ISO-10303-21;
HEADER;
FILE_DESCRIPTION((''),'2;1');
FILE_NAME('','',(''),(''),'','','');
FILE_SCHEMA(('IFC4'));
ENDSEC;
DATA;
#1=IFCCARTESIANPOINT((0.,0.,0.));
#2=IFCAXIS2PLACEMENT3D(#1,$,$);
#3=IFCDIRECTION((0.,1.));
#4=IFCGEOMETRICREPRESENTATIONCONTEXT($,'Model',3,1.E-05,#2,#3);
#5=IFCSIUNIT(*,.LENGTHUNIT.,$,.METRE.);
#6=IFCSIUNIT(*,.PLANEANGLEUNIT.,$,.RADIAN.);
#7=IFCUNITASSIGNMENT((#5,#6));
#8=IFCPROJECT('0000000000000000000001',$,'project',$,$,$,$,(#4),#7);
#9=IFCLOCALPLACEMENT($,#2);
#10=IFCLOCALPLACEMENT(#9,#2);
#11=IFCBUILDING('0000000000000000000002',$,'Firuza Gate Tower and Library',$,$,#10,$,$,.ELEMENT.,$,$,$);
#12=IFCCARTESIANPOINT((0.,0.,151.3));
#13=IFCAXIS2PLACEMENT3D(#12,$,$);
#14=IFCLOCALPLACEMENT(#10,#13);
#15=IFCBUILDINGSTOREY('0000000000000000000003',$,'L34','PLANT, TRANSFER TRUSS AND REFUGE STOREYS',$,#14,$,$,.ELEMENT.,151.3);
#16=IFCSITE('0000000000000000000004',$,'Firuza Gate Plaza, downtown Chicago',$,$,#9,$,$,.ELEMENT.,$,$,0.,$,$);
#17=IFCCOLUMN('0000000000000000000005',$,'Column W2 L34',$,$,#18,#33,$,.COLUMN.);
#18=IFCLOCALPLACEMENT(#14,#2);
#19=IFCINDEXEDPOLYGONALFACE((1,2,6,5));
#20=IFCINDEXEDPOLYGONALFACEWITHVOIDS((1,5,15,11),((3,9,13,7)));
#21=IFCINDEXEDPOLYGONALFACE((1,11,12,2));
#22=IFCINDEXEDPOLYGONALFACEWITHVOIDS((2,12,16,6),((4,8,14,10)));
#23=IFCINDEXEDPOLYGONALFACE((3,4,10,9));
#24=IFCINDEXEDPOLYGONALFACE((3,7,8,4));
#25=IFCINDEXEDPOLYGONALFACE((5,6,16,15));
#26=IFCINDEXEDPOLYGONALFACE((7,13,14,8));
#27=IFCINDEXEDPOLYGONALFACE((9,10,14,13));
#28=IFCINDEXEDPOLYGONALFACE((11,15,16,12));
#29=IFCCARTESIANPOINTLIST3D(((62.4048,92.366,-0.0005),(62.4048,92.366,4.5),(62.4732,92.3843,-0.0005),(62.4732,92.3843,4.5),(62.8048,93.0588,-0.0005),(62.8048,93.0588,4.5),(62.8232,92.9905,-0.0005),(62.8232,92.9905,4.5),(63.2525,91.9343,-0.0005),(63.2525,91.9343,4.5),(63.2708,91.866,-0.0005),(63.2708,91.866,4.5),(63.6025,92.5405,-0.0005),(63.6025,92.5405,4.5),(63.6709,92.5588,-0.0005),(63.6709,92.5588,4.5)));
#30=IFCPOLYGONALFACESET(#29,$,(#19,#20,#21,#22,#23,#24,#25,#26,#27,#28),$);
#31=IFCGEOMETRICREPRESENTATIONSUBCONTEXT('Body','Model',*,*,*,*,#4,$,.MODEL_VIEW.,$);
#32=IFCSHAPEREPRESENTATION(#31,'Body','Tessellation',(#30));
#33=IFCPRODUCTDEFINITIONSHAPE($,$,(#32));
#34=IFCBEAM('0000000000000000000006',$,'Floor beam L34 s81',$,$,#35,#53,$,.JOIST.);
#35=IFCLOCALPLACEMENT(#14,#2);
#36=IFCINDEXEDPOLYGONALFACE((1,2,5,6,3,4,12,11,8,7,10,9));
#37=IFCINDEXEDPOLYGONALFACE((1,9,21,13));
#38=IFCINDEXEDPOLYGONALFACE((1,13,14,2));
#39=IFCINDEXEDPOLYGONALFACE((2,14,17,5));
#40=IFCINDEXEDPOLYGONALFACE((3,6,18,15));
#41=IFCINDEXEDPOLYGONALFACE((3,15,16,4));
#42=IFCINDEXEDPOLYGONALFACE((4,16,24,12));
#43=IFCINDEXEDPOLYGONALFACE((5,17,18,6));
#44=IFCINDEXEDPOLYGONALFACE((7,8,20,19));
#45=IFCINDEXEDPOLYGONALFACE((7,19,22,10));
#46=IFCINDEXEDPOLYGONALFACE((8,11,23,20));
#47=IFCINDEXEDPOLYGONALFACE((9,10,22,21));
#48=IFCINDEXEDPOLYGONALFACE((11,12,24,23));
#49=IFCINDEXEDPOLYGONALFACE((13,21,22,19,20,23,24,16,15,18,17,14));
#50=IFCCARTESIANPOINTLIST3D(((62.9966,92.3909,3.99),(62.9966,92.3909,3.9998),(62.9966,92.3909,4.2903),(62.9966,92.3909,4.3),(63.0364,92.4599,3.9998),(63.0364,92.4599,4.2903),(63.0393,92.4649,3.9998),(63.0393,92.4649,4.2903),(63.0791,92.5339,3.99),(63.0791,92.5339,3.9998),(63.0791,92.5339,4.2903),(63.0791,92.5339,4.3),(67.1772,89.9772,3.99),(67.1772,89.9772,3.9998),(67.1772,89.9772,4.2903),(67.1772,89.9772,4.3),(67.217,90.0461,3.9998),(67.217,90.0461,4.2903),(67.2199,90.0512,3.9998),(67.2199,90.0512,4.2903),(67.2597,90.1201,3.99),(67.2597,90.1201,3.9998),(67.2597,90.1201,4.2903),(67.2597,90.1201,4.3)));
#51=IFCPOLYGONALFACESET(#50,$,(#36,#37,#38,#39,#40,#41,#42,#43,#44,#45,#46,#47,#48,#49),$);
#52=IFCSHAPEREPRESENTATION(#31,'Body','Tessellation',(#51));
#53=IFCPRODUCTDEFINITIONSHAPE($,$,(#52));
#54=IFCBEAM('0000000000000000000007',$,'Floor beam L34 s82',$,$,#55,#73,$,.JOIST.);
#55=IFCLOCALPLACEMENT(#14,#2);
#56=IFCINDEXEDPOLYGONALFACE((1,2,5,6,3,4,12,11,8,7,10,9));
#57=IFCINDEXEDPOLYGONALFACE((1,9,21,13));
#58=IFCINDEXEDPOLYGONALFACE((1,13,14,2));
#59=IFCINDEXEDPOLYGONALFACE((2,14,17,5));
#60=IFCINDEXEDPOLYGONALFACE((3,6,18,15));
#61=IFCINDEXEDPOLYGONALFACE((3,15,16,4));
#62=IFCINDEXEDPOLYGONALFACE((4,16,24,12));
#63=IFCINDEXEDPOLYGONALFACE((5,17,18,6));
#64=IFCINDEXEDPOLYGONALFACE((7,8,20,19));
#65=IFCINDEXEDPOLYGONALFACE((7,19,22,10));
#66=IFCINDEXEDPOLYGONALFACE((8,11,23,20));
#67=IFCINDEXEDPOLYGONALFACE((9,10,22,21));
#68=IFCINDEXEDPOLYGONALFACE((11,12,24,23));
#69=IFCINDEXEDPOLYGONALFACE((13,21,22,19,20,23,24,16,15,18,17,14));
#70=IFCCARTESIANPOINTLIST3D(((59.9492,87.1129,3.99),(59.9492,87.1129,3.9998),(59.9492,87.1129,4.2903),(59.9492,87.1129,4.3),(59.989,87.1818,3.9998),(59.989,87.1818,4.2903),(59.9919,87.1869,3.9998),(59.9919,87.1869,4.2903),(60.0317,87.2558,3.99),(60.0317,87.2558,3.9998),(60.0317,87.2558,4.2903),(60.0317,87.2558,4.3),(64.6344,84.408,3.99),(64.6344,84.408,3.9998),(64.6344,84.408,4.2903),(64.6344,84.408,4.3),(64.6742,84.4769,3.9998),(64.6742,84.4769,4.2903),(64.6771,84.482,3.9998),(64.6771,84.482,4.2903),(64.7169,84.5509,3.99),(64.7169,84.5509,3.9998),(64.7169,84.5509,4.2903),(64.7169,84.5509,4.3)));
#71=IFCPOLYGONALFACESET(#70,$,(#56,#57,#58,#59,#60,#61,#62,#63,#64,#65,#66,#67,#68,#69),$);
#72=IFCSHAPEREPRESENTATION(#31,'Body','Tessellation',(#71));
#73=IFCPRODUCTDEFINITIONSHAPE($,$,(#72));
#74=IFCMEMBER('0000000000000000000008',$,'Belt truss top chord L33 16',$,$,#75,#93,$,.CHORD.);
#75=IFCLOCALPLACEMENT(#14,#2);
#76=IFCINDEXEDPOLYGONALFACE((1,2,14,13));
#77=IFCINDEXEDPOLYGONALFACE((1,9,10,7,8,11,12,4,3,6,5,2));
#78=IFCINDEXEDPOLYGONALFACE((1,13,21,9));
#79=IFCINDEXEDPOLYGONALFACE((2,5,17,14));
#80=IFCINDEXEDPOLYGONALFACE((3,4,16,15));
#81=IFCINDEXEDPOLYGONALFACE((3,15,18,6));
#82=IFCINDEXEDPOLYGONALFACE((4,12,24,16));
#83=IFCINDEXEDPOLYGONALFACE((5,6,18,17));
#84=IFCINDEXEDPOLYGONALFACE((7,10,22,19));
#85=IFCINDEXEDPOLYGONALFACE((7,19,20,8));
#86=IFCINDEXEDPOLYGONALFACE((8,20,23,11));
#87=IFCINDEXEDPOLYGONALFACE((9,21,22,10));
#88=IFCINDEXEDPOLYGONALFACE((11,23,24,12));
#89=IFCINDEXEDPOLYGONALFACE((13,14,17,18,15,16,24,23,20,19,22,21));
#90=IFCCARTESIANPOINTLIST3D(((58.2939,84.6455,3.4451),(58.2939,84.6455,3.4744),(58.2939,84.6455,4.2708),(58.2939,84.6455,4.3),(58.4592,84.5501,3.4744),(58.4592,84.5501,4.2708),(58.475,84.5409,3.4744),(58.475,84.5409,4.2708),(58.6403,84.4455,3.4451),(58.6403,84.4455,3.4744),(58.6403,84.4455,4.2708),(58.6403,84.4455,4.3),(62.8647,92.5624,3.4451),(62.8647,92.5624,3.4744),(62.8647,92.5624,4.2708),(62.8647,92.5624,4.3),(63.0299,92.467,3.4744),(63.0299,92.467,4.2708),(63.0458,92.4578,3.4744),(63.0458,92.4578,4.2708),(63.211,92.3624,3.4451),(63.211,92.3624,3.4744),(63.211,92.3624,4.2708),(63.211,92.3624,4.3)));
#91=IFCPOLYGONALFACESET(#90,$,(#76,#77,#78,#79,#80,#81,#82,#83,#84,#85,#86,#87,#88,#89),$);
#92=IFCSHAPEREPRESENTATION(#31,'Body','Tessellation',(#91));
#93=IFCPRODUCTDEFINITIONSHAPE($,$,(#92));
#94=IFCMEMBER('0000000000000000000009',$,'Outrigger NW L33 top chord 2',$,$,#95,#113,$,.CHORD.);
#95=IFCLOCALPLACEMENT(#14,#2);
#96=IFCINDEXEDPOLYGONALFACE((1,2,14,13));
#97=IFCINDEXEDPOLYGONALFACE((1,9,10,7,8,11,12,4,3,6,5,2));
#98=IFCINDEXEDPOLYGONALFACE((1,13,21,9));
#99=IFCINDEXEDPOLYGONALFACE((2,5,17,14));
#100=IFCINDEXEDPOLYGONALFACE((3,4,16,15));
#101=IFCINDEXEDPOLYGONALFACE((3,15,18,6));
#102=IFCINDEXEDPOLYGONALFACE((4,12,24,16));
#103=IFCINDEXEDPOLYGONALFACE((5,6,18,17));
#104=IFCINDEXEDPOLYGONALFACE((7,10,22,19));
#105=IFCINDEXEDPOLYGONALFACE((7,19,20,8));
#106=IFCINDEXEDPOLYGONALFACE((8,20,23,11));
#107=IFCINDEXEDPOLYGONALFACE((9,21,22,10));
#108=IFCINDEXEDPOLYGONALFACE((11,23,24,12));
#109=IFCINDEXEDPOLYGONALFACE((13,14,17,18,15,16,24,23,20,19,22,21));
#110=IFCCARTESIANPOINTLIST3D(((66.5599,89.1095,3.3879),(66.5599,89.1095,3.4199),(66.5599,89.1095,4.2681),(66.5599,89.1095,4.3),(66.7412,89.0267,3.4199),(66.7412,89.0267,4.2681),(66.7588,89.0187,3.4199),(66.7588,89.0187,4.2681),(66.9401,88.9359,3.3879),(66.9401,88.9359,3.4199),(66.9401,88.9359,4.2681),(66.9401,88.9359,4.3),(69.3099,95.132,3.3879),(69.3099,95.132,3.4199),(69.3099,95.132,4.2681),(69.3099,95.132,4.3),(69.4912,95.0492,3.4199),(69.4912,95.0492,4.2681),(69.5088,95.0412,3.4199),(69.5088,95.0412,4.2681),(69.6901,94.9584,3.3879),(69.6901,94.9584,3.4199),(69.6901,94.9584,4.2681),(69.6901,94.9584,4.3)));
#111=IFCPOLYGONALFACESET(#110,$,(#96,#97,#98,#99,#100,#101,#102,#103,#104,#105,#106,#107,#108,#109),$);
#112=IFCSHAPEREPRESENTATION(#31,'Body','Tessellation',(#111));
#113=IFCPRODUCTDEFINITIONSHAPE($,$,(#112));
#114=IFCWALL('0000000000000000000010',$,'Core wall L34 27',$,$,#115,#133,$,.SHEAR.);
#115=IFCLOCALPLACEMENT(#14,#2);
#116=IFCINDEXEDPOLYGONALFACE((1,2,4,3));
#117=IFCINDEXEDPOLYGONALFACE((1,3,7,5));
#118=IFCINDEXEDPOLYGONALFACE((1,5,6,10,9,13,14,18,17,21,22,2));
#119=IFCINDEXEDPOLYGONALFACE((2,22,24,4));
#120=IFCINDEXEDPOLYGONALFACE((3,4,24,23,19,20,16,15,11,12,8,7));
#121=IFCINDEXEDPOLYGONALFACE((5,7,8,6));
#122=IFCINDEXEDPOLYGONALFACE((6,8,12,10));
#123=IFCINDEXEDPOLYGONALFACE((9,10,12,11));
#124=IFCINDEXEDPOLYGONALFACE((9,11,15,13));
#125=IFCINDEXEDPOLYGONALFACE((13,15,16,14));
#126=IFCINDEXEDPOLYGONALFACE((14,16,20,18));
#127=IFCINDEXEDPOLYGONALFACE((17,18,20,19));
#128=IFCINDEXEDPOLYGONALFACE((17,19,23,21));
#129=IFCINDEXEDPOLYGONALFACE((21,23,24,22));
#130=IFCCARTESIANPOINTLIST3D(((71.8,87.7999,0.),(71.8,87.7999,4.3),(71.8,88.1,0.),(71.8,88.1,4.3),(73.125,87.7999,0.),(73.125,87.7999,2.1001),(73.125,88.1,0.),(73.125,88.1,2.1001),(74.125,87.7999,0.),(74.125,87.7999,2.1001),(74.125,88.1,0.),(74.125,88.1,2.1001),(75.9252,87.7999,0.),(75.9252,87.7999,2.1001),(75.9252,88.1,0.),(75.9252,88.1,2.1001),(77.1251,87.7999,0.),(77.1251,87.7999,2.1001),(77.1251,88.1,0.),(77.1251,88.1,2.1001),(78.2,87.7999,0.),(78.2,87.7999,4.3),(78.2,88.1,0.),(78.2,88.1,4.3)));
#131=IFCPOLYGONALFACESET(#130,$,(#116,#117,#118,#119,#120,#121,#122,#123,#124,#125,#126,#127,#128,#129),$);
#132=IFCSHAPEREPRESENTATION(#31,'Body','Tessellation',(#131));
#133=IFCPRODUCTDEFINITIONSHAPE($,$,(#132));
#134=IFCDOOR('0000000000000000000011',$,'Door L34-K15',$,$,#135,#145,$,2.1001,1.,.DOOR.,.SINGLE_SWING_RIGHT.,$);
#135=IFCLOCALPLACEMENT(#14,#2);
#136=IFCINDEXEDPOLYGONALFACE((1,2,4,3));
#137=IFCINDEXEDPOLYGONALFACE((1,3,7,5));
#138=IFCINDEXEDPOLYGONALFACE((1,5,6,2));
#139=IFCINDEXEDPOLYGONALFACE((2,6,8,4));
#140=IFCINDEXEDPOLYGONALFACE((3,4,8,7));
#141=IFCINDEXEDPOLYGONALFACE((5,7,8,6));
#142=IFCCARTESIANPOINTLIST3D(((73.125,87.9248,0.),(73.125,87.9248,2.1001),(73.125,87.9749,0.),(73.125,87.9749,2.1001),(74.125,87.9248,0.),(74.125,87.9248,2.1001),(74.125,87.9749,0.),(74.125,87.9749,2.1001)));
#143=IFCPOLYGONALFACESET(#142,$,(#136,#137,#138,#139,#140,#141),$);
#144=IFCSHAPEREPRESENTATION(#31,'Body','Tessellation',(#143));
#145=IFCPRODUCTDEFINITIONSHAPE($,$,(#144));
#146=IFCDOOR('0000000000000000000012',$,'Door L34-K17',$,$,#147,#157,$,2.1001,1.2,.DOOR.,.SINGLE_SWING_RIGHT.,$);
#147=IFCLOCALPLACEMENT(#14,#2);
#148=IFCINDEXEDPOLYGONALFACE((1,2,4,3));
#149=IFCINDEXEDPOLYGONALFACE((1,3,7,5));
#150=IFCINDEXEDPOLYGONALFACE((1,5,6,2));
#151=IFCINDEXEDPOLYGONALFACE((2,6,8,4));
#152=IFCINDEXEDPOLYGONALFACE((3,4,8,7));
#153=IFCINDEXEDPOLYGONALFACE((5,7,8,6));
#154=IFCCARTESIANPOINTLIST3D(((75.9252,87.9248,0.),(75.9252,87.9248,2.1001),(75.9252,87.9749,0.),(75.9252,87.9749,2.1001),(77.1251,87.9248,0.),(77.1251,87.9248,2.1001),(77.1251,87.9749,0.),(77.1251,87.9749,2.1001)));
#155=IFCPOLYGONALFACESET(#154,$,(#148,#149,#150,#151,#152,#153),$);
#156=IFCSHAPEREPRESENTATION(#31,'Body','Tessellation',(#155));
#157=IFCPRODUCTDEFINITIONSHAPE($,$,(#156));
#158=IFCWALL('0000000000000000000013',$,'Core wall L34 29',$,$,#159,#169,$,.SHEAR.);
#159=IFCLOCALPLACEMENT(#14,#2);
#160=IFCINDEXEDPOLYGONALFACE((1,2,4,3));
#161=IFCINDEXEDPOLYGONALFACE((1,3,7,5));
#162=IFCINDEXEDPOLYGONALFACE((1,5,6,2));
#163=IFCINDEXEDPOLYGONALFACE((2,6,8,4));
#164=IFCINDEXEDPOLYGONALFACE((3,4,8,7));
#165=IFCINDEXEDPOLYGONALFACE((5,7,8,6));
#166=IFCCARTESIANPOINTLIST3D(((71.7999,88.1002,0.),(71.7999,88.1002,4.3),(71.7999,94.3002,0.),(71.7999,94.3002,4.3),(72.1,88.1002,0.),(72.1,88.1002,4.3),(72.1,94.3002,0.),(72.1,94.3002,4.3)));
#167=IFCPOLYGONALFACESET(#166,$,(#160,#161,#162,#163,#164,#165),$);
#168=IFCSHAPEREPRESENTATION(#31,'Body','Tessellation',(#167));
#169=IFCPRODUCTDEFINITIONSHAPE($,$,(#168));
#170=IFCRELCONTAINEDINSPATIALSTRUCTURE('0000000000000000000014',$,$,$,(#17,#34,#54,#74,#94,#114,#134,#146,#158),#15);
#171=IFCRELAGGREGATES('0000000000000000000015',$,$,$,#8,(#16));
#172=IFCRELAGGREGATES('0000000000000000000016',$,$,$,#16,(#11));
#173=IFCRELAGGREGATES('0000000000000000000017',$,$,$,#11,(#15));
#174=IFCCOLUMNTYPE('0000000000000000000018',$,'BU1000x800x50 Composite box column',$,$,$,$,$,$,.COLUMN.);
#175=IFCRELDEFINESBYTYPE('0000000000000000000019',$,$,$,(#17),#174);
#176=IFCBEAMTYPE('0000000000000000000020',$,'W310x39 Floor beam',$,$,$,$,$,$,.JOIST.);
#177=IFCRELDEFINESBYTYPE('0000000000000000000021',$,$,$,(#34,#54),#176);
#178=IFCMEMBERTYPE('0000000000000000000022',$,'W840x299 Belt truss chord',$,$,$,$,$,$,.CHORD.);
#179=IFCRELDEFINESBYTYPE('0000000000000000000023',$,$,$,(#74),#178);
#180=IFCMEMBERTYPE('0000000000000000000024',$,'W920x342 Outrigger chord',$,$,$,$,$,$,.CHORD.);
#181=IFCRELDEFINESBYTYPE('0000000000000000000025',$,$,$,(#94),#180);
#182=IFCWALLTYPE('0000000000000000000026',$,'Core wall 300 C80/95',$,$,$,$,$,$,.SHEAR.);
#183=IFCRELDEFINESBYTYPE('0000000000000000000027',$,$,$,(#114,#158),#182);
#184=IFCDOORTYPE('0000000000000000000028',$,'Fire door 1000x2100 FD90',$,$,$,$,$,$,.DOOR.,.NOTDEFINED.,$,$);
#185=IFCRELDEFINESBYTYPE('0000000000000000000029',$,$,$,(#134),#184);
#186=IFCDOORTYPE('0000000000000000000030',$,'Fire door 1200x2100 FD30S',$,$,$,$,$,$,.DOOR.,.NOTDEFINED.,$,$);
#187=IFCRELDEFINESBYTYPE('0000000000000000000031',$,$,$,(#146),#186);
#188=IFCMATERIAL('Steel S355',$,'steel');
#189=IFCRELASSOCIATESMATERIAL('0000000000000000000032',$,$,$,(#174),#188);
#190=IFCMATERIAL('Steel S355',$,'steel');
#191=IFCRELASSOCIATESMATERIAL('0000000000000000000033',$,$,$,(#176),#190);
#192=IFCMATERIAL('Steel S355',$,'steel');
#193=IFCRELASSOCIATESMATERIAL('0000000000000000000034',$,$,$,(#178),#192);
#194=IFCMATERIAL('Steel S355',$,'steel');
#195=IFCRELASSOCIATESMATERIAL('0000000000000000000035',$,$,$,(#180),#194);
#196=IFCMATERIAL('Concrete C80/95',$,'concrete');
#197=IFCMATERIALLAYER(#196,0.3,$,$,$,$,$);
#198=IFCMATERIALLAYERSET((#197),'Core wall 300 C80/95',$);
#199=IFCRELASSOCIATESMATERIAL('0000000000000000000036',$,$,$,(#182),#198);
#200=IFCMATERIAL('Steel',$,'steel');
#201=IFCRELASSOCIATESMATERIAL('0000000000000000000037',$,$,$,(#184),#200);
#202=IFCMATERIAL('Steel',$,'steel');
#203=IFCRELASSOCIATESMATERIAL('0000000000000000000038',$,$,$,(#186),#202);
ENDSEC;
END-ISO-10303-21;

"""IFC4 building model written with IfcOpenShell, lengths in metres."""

from ifc_helpers import new_model, si_unit, direction, frame, frame_2d, origin, origin_2d, place, context, subcontext, project, spatial, rectangle, hollow_rectangle, i_section, extrude, material, layer, layer_set, material_profile, profile_set, type_object, element, fill, save


model = new_model("IFC4")

# Units and contexts
model_context = context("Model", 3, precision=1e-05, world=origin(), true_north=direction((0.0, 1.0)))
body_context = subcontext(model_context, "Body", "Model", "MODEL_VIEW")
ifc_project = project(units=[si_unit("LENGTHUNIT", "METRE"), si_unit("PLANEANGLEUNIT", "RADIAN")], contexts=[model_context])

# Site, building, storey
site_placement = place(None, origin())
site = spatial("IfcSite", under=ifc_project, at=site_placement, Name="Firuza Gate Plaza, downtown Chicago", CompositionType="ELEMENT", RefElevation=0.0)
building_placement = place(site_placement, origin())
building = spatial("IfcBuilding", under=site, at=building_placement, Name="Firuza Gate Tower and Library", CompositionType="ELEMENT")
storey_placement = place(building_placement, frame((0.0, 0.0, 151.3)))
storey = spatial("IfcBuildingStorey", under=building, at=storey_placement, Name="L34", Description="PLANT, TRANSFER TRUSS AND REFUGE STOREYS", CompositionType="ELEMENT", Elevation=151.3)

# Column
ifc_material_1 = material(Name="Steel S355", Category="steel")
ifc_material_profile_1 = material_profile(ifc_material_1, hollow_rectangle(XDim=0.8, YDim=1.0, WallThickness=0.05, at=origin_2d()))
ifc_profile_set_1 = profile_set([ifc_material_profile_1], Name="Steel S355")
column_type = type_object("IfcColumnType", Name="BU1000x800x50 Composite box column", PredefinedType="COLUMN", material=ifc_profile_set_1)
column_placement = place(storey_placement, frame((63.0378, 92.4624, -0.0005), z_axis=(0.0, 0.0, 1.0), x_axis=(-0.5, -0.866025, 0.0)))
element("IfcColumn", 1, at=column_placement, inside=storey, type_object=column_type, Name="Column W2 L34", PredefinedType="COLUMN", context=body_context, shape_type="SweptSolid", body=[
    extrude(hollow_rectangle(XDim=0.8, YDim=1.0, WallThickness=0.05, at=origin_2d()), origin(), (0.0, 0.0, 1.0), 4.5005),
])

# Beams
ifc_material_2 = material(Name="Steel S355", Category="steel")
ifc_material_profile_2 = material_profile(ifc_material_2, i_section(OverallWidth=0.165, OverallDepth=0.3101, WebThickness=0.0059, FlangeThickness=0.0098, at=origin_2d()))
ifc_profile_set_2 = profile_set([ifc_material_profile_2], Name="Steel S355")
beam_type = type_object("IfcBeamType", Name="W310x39 Floor beam", PredefinedType="JOIST", material=ifc_profile_set_2)
beam_1_placement = place(storey_placement, frame((63.0378, 92.4624, 4.145), z_axis=(0.866015, -0.500017, 0.0), x_axis=(0.500017, 0.866015, 0.0)))
element("IfcBeam", 2, at=beam_1_placement, inside=storey, type_object=beam_type, Name="Floor beam L34 s81", PredefinedType="JOIST", context=body_context, shape_type="SweptSolid", body=[
    extrude(i_section(OverallWidth=0.165, OverallDepth=0.3101, WebThickness=0.0059, FlangeThickness=0.0098, at=origin_2d()), origin(), (0.0, 0.0, 1.0), 4.8274),
])
beam_2_placement = place(storey_placement, frame((59.9905, 87.1843, 4.145), z_axis=(0.866032, -0.499988, 0.0), x_axis=(0.499988, 0.866032, 0.0)))
element("IfcBeam", 3, at=beam_2_placement, inside=storey, type_object=beam_type, Name="Floor beam L34 s82", PredefinedType="JOIST", context=body_context, shape_type="SweptSolid", body=[
    extrude(i_section(OverallWidth=0.165, OverallDepth=0.3101, WebThickness=0.0059, FlangeThickness=0.0098, at=origin_2d()), origin(), (0.0, 0.0, 1.0), 5.4099),
])

# Members
ifc_material_3 = material(Name="Steel S355", Category="steel")
ifc_material_profile_3 = material_profile(ifc_material_3, i_section(OverallWidth=0.3999, OverallDepth=0.855, WebThickness=0.0183, FlangeThickness=0.0293, at=origin_2d()))
ifc_profile_set_3 = profile_set([ifc_material_profile_3], Name="Steel S355")
member_type_1 = type_object("IfcMemberType", Name="W840x299 Belt truss chord", PredefinedType="CHORD", material=ifc_profile_set_3)
member_1_placement = place(storey_placement, frame((63.0378, 92.4624, 3.8726), z_axis=(-0.499994, -0.866029, 0.0), x_axis=(0.866029, -0.499994, 0.0)))
element("IfcMember", 4, at=member_1_placement, inside=storey, type_object=member_type_1, Name="Belt truss top chord L33 16", PredefinedType="CHORD", context=body_context, shape_type="SweptSolid", body=[
    extrude(i_section(OverallWidth=0.3999, OverallDepth=0.855, WebThickness=0.0183, FlangeThickness=0.0293, at=origin_2d()), origin(), (0.0, 0.0, 1.0), 9.1416),
])
ifc_material_4 = material(Name="Steel S355", Category="steel")
ifc_material_profile_4 = material_profile(ifc_material_4, i_section(OverallWidth=0.418, OverallDepth=0.9121, WebThickness=0.0193, FlangeThickness=0.032, at=origin_2d()))
ifc_profile_set_4 = profile_set([ifc_material_profile_4], Name="Steel S355")
member_type_2 = type_object("IfcMemberType", Name="W920x342 Outrigger chord", PredefinedType="CHORD", material=ifc_profile_set_4)
member_2_placement = place(storey_placement, frame((66.75, 89.0227, 3.844), z_axis=(0.415369, 0.909653, 0.0), x_axis=(-0.909653, 0.415369, 0.0)))
element("IfcMember", 5, at=member_2_placement, inside=storey, type_object=member_type_2, Name="Outrigger NW L33 top chord 2", PredefinedType="CHORD", context=body_context, shape_type="SweptSolid", body=[
    extrude(i_section(OverallWidth=0.418, OverallDepth=0.9121, WebThickness=0.0193, FlangeThickness=0.032, at=origin_2d()), origin(), (0.0, 0.0, 1.0), 6.6206),
])

# Wall, openings, doors
ifc_material_5 = material(Name="Concrete C80/95", Category="concrete")
ifc_layer_1 = layer(ifc_material_5, 0.3)
ifc_layer_set_1 = layer_set([ifc_layer_1], Name="Core wall 300 C80/95")
wall_type_1 = type_object("IfcWallType", Name="Core wall 300 C80/95", PredefinedType="SHEAR", material=ifc_layer_set_1)
wall_1_placement = place(storey_placement, frame((71.8, 87.95, 0.0), z_axis=(0.0, 0.0, 1.0), x_axis=(1.0, 0.0, 0.0)))
wall_1 = element("IfcWall", 6, at=wall_1_placement, inside=storey, type_object=wall_type_1, Name="Core wall L34 27", PredefinedType="SHEAR", context=body_context, shape_type="SweptSolid", body=[
    extrude(rectangle(XDim=6.3999, YDim=0.3, at=frame_2d((3.2, 0.0))), origin(), (0.0, 0.0, 1.0), 4.3),
])
opening_1_placement = place(wall_1_placement, frame((1.325, 0.0, 0.0)))
opening_1 = element("IfcOpeningElement", 7, at=opening_1_placement, cuts=wall_1, PredefinedType="OPENING", context=body_context, shape_type="SweptSolid", body=[
    extrude(rectangle(XDim=1.0, YDim=2.1001, at=frame_2d((0.5, 1.05))), frame((0.0, 0.1602, 0.0), z_axis=(0.0, -1.0, 0.0), x_axis=(1.0, 0.0, 0.0)), (0.0, 0.0, 1.0), 0.3201),
])
opening_2_placement = place(wall_1_placement, frame((4.125, 0.0, 0.0)))
opening_2 = element("IfcOpeningElement", 8, at=opening_2_placement, cuts=wall_1, PredefinedType="OPENING", context=body_context, shape_type="SweptSolid", body=[
    extrude(rectangle(XDim=1.2, YDim=2.1001, at=frame_2d((0.6001, 1.05))), frame((0.0, 0.1602, 0.0), z_axis=(0.0, -1.0, 0.0), x_axis=(1.0, 0.0, 0.0)), (0.0, 0.0, 1.0), 0.3201),
])
ifc_material_6 = material(Name="Steel", Category="steel")
door_type_1 = type_object("IfcDoorType", Name="Fire door 1000x2100 FD90", OperationType="NOTDEFINED", PredefinedType="DOOR", material=ifc_material_6)
door_1_placement = place(opening_1_placement, origin())
door_1 = element("IfcDoor", 9, at=door_1_placement, inside=storey, type_object=door_type_1, Name="Door L34-K15", OperationType="SINGLE_SWING_RIGHT", OverallHeight=2.1001, OverallWidth=1.0, PredefinedType="DOOR", context=body_context, shape_type="SweptSolid", body=[
    extrude(rectangle(XDim=1.0, YDim=2.1001, at=frame_2d((0.5, 1.05))), frame((0.0, 0.0249, 0.0), z_axis=(0.0, -1.0, 0.0), x_axis=(1.0, 0.0, 0.0)), (0.0, 0.0, 1.0), 0.05),
])
fill(opening_1, door_1)
ifc_material_7 = material(Name="Steel", Category="steel")
door_type_2 = type_object("IfcDoorType", Name="Fire door 1200x2100 FD30S", OperationType="NOTDEFINED", PredefinedType="DOOR", material=ifc_material_7)
door_2_placement = place(opening_2_placement, origin())
door_2 = element("IfcDoor", 10, at=door_2_placement, inside=storey, type_object=door_type_2, Name="Door L34-K17", OperationType="SINGLE_SWING_RIGHT", OverallHeight=2.1001, OverallWidth=1.2, PredefinedType="DOOR", context=body_context, shape_type="SweptSolid", body=[
    extrude(rectangle(XDim=1.2, YDim=2.1001, at=frame_2d((0.6001, 1.05))), frame((0.0, 0.0249, 0.0), z_axis=(0.0, -1.0, 0.0), x_axis=(1.0, 0.0, 0.0)), (0.0, 0.0, 1.0), 0.05),
])
fill(opening_2, door_2)

# Wall
wall_2_placement = place(storey_placement, frame((71.95, 88.1001, 0.0), z_axis=(0.0, 0.0, 1.0), x_axis=(0.0, 1.0, 0.0)))
element("IfcWall", 11, at=wall_2_placement, inside=storey, type_object=wall_type_1, Name="Core wall L34 29", PredefinedType="SHEAR", context=body_context, shape_type="SweptSolid", body=[
    extrude(rectangle(XDim=6.2, YDim=0.3, at=frame_2d((3.1001, 0.0))), origin(), (0.0, 0.0, 1.0), 4.3),
])

save(model, "model.ifc")
